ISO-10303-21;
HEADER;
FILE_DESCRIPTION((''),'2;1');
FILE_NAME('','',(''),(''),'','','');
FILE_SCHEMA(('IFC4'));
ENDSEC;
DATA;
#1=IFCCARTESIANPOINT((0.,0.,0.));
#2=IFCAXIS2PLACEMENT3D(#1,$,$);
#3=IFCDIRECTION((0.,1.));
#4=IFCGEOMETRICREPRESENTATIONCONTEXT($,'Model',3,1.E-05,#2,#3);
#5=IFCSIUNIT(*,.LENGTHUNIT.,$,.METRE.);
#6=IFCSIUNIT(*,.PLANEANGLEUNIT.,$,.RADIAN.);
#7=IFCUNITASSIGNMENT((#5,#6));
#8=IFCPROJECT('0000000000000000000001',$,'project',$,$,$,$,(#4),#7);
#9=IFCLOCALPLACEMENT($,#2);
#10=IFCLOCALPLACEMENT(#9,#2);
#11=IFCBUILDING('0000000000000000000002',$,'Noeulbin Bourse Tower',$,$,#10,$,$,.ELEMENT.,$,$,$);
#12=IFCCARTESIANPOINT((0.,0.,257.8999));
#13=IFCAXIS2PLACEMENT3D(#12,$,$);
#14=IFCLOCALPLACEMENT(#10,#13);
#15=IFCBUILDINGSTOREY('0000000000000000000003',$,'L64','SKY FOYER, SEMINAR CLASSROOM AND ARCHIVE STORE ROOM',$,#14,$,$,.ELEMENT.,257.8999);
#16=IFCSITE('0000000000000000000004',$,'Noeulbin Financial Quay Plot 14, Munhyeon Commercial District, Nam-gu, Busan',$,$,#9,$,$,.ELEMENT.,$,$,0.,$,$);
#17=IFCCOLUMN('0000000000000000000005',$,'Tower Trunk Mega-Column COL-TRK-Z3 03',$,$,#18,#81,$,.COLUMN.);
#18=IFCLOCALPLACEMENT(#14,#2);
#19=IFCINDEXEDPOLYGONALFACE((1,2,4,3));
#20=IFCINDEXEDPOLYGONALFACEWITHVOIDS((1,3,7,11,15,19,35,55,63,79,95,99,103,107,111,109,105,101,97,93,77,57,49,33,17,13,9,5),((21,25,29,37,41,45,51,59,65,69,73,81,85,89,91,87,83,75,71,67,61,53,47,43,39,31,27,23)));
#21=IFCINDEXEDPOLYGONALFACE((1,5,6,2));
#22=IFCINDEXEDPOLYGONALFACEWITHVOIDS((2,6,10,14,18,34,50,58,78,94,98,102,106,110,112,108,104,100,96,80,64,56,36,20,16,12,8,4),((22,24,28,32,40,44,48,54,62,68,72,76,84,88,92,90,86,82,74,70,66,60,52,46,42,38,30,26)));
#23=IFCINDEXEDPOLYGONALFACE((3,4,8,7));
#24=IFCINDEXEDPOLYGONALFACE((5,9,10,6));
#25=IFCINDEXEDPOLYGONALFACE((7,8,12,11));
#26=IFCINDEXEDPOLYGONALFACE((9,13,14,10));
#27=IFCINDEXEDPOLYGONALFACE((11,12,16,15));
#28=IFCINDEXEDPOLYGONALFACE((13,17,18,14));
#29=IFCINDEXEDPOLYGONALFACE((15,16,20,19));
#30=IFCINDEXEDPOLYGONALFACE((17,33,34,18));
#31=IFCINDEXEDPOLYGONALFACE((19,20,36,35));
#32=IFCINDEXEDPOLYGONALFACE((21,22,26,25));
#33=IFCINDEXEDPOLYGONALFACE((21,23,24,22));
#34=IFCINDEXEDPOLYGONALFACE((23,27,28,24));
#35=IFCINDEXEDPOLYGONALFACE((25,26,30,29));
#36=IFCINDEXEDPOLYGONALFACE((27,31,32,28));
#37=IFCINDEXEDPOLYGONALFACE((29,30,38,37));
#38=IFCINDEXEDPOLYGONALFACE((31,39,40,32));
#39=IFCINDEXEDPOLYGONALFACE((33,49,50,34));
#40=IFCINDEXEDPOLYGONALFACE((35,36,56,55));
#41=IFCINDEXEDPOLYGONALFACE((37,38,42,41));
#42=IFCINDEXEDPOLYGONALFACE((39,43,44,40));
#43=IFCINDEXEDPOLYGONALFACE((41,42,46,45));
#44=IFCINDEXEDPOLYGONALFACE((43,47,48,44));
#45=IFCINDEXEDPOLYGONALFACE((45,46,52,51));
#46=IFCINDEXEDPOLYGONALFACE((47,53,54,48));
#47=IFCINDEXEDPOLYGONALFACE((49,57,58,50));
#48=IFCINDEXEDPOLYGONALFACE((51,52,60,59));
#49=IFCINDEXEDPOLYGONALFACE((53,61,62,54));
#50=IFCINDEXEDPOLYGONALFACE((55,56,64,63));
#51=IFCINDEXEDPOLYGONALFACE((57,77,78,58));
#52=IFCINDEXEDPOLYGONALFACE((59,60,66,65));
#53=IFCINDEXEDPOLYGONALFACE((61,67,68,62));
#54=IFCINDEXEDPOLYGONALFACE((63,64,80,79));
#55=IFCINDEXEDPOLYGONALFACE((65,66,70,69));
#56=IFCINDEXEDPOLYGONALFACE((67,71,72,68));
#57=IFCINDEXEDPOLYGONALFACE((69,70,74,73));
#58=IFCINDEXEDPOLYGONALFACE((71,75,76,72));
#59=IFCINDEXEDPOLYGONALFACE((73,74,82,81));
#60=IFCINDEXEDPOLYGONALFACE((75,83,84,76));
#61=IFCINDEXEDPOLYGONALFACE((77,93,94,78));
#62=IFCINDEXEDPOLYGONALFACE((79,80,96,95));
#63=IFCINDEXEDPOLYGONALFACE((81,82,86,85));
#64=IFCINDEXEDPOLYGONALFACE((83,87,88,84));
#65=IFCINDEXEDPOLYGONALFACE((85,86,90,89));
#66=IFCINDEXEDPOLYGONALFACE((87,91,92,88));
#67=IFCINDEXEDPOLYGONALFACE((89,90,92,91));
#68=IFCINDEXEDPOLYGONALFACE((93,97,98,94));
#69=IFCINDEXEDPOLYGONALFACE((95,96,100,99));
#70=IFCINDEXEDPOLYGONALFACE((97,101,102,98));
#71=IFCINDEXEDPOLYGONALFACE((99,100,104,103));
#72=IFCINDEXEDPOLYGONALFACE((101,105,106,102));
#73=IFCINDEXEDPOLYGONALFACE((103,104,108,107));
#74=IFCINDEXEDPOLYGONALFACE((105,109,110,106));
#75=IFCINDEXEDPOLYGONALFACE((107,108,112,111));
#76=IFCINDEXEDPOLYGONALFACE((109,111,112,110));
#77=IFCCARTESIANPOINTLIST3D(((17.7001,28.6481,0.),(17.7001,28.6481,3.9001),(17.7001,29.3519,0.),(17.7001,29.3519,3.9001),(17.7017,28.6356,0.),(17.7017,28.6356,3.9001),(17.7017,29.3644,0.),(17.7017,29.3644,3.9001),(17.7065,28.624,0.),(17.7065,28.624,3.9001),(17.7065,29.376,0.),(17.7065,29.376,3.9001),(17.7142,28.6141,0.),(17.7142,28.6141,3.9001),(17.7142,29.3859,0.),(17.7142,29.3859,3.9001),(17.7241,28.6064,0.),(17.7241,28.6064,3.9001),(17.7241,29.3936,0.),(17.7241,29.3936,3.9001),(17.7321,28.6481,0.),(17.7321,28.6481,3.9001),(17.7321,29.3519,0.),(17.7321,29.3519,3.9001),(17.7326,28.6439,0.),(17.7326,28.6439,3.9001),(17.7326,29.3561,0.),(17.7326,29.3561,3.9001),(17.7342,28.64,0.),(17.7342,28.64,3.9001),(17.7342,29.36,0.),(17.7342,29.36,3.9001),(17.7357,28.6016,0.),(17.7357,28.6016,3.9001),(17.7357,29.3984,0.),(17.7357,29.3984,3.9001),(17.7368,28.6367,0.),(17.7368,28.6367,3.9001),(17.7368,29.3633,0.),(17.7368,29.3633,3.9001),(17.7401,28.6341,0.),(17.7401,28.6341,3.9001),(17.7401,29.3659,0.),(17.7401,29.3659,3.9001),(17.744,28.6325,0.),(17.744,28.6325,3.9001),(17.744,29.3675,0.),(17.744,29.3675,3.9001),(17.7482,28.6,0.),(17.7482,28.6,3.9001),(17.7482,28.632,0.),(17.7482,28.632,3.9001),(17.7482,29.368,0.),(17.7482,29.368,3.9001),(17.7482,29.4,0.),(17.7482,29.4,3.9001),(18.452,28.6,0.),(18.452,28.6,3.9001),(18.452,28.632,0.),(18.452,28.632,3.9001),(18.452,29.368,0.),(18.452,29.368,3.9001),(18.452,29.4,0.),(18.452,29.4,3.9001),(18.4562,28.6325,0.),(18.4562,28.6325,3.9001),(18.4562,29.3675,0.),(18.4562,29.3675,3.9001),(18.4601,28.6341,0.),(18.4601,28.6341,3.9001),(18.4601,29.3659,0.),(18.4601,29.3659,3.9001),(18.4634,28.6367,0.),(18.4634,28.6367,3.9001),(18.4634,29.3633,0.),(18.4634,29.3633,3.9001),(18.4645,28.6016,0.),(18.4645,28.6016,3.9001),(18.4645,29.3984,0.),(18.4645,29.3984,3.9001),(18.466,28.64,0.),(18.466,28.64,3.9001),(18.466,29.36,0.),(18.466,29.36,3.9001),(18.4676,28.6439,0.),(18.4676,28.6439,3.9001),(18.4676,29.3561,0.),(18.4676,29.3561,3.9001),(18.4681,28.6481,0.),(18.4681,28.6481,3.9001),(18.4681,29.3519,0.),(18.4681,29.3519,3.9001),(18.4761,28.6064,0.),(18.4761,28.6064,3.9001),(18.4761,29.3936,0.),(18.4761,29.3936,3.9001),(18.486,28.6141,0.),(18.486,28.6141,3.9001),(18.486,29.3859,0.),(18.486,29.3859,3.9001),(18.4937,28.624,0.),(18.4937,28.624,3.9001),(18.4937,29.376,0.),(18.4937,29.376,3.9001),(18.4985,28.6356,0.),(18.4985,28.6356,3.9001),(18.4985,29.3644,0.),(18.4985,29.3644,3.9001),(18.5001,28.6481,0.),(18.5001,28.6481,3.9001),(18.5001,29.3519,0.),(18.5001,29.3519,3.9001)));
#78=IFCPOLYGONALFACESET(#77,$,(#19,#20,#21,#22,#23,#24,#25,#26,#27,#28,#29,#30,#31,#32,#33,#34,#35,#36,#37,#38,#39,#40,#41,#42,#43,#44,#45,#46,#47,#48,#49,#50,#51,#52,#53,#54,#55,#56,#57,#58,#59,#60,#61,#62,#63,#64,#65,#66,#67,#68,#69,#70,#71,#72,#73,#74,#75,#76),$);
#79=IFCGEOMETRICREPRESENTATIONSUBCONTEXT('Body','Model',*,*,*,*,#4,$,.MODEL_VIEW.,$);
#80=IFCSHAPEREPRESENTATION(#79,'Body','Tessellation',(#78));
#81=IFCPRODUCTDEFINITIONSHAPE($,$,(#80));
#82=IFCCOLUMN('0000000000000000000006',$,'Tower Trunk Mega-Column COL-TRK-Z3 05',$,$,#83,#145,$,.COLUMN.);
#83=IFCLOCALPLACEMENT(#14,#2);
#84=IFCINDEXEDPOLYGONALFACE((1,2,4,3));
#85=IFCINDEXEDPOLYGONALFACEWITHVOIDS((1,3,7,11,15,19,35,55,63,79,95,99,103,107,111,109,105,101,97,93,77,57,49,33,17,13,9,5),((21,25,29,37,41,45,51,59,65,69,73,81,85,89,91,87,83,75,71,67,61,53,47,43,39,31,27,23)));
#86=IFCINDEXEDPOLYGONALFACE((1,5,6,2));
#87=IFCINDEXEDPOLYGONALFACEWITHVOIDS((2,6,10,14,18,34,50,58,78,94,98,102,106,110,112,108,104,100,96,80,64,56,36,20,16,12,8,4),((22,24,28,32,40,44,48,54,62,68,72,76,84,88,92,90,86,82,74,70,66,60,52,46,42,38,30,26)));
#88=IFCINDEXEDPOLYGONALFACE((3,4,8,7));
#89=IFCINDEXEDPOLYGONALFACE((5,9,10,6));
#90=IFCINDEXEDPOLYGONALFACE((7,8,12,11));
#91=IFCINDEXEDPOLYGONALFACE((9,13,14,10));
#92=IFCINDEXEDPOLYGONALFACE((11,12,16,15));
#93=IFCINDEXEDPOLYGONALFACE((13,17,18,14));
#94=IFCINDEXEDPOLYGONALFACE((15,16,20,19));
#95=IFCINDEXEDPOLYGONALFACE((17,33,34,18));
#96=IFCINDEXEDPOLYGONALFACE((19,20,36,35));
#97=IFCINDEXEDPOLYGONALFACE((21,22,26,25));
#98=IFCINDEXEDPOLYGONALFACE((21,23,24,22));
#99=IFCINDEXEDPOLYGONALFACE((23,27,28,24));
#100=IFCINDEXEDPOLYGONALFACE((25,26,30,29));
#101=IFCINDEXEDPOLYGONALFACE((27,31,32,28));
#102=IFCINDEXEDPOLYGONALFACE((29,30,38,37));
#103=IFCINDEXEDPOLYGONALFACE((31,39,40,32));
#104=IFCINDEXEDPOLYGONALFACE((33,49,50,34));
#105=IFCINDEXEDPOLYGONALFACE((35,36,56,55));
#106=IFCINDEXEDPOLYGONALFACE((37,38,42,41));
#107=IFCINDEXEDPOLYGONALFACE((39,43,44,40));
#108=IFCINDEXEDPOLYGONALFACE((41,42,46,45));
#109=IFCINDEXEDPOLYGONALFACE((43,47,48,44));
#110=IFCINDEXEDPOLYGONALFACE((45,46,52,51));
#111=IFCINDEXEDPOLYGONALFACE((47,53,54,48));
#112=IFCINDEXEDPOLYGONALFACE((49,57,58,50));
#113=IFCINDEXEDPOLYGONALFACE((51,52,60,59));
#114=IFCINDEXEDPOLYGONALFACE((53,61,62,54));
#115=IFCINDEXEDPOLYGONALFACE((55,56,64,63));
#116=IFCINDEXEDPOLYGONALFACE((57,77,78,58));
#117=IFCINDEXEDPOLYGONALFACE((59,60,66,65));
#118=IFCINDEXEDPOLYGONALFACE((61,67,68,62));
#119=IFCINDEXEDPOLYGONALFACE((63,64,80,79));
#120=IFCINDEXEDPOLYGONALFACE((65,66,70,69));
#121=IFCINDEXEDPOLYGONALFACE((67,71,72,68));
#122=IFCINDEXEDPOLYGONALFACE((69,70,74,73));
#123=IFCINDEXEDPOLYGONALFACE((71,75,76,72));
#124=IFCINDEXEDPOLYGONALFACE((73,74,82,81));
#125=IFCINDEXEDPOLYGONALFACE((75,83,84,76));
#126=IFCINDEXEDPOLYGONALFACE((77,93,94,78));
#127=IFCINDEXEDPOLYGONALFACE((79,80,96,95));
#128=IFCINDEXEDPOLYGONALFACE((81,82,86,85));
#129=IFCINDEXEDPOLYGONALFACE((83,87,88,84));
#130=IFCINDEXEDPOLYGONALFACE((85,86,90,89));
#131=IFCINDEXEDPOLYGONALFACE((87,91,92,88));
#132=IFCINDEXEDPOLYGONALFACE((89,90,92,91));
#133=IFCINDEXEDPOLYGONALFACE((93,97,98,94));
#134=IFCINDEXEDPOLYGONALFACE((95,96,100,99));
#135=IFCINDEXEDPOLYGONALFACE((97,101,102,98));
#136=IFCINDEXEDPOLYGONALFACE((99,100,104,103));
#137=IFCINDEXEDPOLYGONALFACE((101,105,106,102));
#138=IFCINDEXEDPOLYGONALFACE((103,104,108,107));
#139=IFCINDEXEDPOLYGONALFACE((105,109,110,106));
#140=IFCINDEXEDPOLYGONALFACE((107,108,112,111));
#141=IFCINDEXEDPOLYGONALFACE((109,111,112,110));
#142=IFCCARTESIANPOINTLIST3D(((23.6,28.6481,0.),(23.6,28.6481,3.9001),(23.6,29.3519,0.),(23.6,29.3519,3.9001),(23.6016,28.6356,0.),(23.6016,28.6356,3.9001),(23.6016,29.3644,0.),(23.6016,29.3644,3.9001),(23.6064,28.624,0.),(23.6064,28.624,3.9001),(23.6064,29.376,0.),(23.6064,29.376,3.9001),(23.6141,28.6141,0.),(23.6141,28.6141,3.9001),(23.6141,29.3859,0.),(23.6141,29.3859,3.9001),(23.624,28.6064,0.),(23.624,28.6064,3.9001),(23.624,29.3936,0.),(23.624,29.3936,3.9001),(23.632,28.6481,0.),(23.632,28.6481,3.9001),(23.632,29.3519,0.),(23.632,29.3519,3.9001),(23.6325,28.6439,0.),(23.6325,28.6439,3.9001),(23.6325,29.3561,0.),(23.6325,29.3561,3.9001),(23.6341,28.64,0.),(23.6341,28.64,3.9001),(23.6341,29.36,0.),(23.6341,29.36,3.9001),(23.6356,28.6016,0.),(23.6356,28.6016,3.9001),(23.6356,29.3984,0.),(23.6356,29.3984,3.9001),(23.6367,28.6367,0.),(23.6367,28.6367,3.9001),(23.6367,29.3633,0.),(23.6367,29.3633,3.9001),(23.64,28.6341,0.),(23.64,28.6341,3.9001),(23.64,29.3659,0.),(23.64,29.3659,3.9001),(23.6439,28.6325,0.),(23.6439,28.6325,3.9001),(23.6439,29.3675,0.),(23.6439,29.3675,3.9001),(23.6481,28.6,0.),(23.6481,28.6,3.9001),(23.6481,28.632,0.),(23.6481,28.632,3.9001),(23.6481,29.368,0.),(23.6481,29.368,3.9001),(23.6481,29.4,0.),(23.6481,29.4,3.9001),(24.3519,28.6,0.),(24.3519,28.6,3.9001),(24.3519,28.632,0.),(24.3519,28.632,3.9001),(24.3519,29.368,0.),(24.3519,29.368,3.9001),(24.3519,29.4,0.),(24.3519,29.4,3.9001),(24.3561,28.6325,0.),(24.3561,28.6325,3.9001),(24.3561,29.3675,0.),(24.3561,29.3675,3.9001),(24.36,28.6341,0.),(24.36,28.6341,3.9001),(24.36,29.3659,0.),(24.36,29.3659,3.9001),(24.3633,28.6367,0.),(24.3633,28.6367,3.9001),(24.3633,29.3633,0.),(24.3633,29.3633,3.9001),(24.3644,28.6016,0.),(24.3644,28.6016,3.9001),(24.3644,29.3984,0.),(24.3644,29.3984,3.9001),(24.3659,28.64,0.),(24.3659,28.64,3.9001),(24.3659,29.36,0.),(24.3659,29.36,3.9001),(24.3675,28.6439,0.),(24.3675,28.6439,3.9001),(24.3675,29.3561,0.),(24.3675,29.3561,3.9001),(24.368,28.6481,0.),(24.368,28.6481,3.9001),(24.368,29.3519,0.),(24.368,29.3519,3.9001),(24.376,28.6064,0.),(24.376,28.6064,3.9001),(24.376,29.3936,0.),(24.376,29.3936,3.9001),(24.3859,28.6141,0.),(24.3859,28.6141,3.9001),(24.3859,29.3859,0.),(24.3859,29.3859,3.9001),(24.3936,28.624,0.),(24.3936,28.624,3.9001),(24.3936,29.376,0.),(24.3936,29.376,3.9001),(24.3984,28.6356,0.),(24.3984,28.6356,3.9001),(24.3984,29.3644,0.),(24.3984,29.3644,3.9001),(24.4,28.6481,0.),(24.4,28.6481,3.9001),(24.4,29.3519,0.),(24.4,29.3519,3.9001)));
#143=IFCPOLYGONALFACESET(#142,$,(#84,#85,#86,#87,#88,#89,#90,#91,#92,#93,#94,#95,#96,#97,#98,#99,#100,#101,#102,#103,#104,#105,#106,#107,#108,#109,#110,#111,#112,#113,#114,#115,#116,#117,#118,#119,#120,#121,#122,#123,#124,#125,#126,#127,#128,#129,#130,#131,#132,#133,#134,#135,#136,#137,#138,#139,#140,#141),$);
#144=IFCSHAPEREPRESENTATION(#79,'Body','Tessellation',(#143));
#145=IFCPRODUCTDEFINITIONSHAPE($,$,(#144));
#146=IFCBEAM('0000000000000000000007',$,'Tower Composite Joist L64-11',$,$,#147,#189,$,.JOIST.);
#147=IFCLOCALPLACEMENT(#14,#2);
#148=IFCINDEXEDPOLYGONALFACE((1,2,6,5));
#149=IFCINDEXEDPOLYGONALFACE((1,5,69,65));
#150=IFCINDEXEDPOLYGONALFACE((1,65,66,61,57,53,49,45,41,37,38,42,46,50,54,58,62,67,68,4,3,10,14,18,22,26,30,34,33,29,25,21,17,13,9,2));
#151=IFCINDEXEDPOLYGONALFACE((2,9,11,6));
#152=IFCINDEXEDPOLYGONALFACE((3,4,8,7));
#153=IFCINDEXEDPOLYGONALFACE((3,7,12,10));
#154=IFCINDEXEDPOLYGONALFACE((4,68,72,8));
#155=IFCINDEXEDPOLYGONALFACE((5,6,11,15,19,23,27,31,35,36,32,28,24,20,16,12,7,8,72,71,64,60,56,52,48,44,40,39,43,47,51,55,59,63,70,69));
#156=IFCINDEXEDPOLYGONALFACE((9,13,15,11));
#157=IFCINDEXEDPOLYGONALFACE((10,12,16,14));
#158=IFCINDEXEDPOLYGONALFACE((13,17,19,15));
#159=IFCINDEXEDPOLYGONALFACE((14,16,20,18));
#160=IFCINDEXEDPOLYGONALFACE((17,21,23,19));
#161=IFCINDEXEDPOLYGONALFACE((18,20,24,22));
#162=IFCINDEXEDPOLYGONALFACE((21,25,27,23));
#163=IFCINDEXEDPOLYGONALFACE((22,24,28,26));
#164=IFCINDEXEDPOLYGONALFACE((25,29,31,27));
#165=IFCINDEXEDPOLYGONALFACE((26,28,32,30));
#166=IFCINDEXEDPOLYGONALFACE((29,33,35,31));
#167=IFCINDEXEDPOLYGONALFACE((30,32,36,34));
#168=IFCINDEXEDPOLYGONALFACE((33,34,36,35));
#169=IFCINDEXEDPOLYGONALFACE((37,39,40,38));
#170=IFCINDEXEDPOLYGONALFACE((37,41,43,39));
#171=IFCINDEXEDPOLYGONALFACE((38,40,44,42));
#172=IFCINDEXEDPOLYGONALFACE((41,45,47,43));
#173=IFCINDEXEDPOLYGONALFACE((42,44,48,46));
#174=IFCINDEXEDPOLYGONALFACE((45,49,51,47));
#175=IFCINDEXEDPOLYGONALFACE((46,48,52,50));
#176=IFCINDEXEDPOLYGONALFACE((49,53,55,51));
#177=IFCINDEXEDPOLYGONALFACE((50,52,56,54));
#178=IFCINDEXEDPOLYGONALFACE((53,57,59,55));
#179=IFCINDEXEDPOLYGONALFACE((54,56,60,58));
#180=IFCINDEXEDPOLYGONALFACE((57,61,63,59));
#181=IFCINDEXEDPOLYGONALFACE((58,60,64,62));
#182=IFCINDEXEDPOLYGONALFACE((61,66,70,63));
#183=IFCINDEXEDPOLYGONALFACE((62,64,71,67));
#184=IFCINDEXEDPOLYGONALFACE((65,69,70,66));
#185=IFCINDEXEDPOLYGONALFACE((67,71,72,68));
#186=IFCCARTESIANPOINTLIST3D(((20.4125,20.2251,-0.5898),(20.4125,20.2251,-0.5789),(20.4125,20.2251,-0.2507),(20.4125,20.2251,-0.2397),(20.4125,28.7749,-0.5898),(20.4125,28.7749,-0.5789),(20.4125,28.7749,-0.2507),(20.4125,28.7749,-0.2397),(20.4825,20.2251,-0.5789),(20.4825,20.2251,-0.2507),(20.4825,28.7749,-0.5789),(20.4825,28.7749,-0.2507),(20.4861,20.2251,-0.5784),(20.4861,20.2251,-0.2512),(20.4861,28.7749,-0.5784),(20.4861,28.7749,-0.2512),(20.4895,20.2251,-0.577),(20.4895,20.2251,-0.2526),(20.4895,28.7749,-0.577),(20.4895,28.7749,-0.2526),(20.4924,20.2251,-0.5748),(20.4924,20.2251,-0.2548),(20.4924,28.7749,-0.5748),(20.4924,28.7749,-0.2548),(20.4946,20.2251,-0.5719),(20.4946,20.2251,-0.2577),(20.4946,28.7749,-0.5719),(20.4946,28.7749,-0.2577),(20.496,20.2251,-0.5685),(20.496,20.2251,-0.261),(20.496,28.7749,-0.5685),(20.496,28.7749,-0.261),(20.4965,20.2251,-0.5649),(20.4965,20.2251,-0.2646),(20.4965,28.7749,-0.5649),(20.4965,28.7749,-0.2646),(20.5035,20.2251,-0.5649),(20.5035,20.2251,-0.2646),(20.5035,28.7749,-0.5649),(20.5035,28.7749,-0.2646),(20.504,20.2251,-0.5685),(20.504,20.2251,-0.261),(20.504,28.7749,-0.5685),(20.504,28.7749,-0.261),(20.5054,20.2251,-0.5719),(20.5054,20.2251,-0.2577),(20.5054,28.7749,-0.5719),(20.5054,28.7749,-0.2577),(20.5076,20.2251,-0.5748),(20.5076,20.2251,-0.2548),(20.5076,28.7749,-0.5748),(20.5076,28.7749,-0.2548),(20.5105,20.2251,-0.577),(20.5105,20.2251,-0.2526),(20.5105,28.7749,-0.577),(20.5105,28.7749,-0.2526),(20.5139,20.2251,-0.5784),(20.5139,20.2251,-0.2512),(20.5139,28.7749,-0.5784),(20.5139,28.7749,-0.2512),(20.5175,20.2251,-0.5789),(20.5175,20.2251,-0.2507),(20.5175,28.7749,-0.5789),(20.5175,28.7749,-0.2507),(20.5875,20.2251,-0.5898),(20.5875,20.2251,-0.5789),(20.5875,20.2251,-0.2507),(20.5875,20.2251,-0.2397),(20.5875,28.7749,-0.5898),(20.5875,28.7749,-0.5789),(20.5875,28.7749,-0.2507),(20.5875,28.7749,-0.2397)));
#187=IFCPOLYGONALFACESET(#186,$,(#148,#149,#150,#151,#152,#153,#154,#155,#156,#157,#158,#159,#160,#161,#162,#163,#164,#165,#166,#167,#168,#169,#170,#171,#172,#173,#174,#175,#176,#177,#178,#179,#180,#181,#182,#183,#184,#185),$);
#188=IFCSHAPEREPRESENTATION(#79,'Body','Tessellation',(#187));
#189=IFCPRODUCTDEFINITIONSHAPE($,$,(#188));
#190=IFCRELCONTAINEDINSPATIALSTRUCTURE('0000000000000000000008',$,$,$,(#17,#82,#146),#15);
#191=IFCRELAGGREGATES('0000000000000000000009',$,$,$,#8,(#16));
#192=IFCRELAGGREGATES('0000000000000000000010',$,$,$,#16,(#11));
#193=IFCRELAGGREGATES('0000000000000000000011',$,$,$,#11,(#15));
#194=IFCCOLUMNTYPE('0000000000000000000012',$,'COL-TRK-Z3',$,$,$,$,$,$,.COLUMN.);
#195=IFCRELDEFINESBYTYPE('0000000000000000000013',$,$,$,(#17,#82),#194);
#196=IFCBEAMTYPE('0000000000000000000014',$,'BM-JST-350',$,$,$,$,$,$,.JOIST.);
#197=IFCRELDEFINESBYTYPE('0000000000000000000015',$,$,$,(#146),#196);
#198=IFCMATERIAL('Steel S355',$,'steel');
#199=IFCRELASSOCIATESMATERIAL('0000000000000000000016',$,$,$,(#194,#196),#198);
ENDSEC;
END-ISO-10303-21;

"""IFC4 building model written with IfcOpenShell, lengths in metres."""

from ifc_helpers import new_model, si_unit, direction, frame, origin, origin_2d, place, context, subcontext, project, spatial, hollow_rectangle, i_section, extrude, material, material_profile, profile_set, type_object, element, save


model = new_model("IFC4")

# Units and contexts
model_context = context("Model", 3, precision=1e-05, world=origin(), true_north=direction((0.0, 1.0)))
body_context = subcontext(model_context, "Body", "Model", "MODEL_VIEW")
ifc_project = project(units=[si_unit("LENGTHUNIT", "METRE"), si_unit("PLANEANGLEUNIT", "RADIAN")], contexts=[model_context])

# Site, building, storey
site_placement = place(None, origin())
site = spatial("IfcSite", under=ifc_project, at=site_placement, Name="Noeulbin Financial Quay Plot 14, Munhyeon Commercial District, Nam-gu, Busan", CompositionType="ELEMENT", RefElevation=0.0)
building_placement = place(site_placement, origin())
building = spatial("IfcBuilding", under=site, at=building_placement, Name="Noeulbin Bourse Tower", CompositionType="ELEMENT")
storey_placement = place(building_placement, frame((0.0, 0.0, 257.8999)))
storey = spatial("IfcBuildingStorey", under=building, at=storey_placement, Name="L64", Description="SKY FOYER, SEMINAR CLASSROOM AND ARCHIVE STORE ROOM", CompositionType="ELEMENT", Elevation=257.8999)

# Columns
ifc_material_1 = material(Name="Steel S355", Category="steel")
ifc_material_profile_1 = material_profile(ifc_material_1, hollow_rectangle(XDim=0.8, YDim=0.8, WallThickness=0.032, InnerFilletRadius=0.0161, OuterFilletRadius=0.0481, at=origin_2d()), Name="BOX-800x800x32", Category="LoadBearing")
ifc_profile_set_1 = profile_set([ifc_material_profile_1], Name="Steel S355")
column_type = type_object("IfcColumnType", Name="COL-TRK-Z3", PredefinedType="COLUMN", material=ifc_profile_set_1)
for number, where, z_axis, x_axis, name in (
    (1, (18.1001, 29.0, 0.0), (0.0, 0.0, 1.0), (1.0, 0.0, 0.0), "Tower Trunk Mega-Column COL-TRK-Z3 03"),
    (2, (24.0, 29.0, 0.0), (0.0, 0.0, 1.0), (1.0, 0.0, 0.0), "Tower Trunk Mega-Column COL-TRK-Z3 05"),
):
    element("IfcColumn", number, at=place(storey_placement, frame(where, z_axis=z_axis, x_axis=x_axis)), inside=storey, type_object=column_type, Name=name, PredefinedType="COLUMN", context=body_context, shape_type="SweptSolid", body=[
        extrude(hollow_rectangle(XDim=0.8, YDim=0.8, WallThickness=0.032, InnerFilletRadius=0.0161, OuterFilletRadius=0.0481, at=origin_2d()), origin(), (0.0, 0.0, 1.0), 3.9001),
    ])

# Beam
ifc_material_profile_2 = material_profile(ifc_material_1, i_section(OverallWidth=0.175, OverallDepth=0.3501, WebThickness=0.0071, FlangeThickness=0.011, FilletRadius=0.0139, at=origin_2d()), Name="H-350x175x7x11", Category="LoadBearing")
ifc_profile_set_2 = profile_set([ifc_material_profile_2], Name="Steel S355")
beam_type_1 = type_object("IfcBeamType", Name="BM-JST-350", PredefinedType="JOIST", material=ifc_profile_set_2)
for number, where, z_axis, x_axis, name in (
    (3, (20.5, 20.2251, -0.4148), (0.0, 1.0, 0.0), (-1.0, 0.0, 0.0), "Tower Composite Joist L64-11"),
):
    element("IfcBeam", number, at=place(storey_placement, frame(where, z_axis=z_axis, x_axis=x_axis)), inside=storey, type_object=beam_type_1, Name=name, PredefinedType="JOIST", context=body_context, shape_type="SweptSolid", body=[
        extrude(i_section(OverallWidth=0.175, OverallDepth=0.3501, WebThickness=0.0071, FlangeThickness=0.011, FilletRadius=0.0139, at=origin_2d()), origin(), (0.0, 0.0, 1.0), 8.5498),
    ])

save(model, "model.ifc")
